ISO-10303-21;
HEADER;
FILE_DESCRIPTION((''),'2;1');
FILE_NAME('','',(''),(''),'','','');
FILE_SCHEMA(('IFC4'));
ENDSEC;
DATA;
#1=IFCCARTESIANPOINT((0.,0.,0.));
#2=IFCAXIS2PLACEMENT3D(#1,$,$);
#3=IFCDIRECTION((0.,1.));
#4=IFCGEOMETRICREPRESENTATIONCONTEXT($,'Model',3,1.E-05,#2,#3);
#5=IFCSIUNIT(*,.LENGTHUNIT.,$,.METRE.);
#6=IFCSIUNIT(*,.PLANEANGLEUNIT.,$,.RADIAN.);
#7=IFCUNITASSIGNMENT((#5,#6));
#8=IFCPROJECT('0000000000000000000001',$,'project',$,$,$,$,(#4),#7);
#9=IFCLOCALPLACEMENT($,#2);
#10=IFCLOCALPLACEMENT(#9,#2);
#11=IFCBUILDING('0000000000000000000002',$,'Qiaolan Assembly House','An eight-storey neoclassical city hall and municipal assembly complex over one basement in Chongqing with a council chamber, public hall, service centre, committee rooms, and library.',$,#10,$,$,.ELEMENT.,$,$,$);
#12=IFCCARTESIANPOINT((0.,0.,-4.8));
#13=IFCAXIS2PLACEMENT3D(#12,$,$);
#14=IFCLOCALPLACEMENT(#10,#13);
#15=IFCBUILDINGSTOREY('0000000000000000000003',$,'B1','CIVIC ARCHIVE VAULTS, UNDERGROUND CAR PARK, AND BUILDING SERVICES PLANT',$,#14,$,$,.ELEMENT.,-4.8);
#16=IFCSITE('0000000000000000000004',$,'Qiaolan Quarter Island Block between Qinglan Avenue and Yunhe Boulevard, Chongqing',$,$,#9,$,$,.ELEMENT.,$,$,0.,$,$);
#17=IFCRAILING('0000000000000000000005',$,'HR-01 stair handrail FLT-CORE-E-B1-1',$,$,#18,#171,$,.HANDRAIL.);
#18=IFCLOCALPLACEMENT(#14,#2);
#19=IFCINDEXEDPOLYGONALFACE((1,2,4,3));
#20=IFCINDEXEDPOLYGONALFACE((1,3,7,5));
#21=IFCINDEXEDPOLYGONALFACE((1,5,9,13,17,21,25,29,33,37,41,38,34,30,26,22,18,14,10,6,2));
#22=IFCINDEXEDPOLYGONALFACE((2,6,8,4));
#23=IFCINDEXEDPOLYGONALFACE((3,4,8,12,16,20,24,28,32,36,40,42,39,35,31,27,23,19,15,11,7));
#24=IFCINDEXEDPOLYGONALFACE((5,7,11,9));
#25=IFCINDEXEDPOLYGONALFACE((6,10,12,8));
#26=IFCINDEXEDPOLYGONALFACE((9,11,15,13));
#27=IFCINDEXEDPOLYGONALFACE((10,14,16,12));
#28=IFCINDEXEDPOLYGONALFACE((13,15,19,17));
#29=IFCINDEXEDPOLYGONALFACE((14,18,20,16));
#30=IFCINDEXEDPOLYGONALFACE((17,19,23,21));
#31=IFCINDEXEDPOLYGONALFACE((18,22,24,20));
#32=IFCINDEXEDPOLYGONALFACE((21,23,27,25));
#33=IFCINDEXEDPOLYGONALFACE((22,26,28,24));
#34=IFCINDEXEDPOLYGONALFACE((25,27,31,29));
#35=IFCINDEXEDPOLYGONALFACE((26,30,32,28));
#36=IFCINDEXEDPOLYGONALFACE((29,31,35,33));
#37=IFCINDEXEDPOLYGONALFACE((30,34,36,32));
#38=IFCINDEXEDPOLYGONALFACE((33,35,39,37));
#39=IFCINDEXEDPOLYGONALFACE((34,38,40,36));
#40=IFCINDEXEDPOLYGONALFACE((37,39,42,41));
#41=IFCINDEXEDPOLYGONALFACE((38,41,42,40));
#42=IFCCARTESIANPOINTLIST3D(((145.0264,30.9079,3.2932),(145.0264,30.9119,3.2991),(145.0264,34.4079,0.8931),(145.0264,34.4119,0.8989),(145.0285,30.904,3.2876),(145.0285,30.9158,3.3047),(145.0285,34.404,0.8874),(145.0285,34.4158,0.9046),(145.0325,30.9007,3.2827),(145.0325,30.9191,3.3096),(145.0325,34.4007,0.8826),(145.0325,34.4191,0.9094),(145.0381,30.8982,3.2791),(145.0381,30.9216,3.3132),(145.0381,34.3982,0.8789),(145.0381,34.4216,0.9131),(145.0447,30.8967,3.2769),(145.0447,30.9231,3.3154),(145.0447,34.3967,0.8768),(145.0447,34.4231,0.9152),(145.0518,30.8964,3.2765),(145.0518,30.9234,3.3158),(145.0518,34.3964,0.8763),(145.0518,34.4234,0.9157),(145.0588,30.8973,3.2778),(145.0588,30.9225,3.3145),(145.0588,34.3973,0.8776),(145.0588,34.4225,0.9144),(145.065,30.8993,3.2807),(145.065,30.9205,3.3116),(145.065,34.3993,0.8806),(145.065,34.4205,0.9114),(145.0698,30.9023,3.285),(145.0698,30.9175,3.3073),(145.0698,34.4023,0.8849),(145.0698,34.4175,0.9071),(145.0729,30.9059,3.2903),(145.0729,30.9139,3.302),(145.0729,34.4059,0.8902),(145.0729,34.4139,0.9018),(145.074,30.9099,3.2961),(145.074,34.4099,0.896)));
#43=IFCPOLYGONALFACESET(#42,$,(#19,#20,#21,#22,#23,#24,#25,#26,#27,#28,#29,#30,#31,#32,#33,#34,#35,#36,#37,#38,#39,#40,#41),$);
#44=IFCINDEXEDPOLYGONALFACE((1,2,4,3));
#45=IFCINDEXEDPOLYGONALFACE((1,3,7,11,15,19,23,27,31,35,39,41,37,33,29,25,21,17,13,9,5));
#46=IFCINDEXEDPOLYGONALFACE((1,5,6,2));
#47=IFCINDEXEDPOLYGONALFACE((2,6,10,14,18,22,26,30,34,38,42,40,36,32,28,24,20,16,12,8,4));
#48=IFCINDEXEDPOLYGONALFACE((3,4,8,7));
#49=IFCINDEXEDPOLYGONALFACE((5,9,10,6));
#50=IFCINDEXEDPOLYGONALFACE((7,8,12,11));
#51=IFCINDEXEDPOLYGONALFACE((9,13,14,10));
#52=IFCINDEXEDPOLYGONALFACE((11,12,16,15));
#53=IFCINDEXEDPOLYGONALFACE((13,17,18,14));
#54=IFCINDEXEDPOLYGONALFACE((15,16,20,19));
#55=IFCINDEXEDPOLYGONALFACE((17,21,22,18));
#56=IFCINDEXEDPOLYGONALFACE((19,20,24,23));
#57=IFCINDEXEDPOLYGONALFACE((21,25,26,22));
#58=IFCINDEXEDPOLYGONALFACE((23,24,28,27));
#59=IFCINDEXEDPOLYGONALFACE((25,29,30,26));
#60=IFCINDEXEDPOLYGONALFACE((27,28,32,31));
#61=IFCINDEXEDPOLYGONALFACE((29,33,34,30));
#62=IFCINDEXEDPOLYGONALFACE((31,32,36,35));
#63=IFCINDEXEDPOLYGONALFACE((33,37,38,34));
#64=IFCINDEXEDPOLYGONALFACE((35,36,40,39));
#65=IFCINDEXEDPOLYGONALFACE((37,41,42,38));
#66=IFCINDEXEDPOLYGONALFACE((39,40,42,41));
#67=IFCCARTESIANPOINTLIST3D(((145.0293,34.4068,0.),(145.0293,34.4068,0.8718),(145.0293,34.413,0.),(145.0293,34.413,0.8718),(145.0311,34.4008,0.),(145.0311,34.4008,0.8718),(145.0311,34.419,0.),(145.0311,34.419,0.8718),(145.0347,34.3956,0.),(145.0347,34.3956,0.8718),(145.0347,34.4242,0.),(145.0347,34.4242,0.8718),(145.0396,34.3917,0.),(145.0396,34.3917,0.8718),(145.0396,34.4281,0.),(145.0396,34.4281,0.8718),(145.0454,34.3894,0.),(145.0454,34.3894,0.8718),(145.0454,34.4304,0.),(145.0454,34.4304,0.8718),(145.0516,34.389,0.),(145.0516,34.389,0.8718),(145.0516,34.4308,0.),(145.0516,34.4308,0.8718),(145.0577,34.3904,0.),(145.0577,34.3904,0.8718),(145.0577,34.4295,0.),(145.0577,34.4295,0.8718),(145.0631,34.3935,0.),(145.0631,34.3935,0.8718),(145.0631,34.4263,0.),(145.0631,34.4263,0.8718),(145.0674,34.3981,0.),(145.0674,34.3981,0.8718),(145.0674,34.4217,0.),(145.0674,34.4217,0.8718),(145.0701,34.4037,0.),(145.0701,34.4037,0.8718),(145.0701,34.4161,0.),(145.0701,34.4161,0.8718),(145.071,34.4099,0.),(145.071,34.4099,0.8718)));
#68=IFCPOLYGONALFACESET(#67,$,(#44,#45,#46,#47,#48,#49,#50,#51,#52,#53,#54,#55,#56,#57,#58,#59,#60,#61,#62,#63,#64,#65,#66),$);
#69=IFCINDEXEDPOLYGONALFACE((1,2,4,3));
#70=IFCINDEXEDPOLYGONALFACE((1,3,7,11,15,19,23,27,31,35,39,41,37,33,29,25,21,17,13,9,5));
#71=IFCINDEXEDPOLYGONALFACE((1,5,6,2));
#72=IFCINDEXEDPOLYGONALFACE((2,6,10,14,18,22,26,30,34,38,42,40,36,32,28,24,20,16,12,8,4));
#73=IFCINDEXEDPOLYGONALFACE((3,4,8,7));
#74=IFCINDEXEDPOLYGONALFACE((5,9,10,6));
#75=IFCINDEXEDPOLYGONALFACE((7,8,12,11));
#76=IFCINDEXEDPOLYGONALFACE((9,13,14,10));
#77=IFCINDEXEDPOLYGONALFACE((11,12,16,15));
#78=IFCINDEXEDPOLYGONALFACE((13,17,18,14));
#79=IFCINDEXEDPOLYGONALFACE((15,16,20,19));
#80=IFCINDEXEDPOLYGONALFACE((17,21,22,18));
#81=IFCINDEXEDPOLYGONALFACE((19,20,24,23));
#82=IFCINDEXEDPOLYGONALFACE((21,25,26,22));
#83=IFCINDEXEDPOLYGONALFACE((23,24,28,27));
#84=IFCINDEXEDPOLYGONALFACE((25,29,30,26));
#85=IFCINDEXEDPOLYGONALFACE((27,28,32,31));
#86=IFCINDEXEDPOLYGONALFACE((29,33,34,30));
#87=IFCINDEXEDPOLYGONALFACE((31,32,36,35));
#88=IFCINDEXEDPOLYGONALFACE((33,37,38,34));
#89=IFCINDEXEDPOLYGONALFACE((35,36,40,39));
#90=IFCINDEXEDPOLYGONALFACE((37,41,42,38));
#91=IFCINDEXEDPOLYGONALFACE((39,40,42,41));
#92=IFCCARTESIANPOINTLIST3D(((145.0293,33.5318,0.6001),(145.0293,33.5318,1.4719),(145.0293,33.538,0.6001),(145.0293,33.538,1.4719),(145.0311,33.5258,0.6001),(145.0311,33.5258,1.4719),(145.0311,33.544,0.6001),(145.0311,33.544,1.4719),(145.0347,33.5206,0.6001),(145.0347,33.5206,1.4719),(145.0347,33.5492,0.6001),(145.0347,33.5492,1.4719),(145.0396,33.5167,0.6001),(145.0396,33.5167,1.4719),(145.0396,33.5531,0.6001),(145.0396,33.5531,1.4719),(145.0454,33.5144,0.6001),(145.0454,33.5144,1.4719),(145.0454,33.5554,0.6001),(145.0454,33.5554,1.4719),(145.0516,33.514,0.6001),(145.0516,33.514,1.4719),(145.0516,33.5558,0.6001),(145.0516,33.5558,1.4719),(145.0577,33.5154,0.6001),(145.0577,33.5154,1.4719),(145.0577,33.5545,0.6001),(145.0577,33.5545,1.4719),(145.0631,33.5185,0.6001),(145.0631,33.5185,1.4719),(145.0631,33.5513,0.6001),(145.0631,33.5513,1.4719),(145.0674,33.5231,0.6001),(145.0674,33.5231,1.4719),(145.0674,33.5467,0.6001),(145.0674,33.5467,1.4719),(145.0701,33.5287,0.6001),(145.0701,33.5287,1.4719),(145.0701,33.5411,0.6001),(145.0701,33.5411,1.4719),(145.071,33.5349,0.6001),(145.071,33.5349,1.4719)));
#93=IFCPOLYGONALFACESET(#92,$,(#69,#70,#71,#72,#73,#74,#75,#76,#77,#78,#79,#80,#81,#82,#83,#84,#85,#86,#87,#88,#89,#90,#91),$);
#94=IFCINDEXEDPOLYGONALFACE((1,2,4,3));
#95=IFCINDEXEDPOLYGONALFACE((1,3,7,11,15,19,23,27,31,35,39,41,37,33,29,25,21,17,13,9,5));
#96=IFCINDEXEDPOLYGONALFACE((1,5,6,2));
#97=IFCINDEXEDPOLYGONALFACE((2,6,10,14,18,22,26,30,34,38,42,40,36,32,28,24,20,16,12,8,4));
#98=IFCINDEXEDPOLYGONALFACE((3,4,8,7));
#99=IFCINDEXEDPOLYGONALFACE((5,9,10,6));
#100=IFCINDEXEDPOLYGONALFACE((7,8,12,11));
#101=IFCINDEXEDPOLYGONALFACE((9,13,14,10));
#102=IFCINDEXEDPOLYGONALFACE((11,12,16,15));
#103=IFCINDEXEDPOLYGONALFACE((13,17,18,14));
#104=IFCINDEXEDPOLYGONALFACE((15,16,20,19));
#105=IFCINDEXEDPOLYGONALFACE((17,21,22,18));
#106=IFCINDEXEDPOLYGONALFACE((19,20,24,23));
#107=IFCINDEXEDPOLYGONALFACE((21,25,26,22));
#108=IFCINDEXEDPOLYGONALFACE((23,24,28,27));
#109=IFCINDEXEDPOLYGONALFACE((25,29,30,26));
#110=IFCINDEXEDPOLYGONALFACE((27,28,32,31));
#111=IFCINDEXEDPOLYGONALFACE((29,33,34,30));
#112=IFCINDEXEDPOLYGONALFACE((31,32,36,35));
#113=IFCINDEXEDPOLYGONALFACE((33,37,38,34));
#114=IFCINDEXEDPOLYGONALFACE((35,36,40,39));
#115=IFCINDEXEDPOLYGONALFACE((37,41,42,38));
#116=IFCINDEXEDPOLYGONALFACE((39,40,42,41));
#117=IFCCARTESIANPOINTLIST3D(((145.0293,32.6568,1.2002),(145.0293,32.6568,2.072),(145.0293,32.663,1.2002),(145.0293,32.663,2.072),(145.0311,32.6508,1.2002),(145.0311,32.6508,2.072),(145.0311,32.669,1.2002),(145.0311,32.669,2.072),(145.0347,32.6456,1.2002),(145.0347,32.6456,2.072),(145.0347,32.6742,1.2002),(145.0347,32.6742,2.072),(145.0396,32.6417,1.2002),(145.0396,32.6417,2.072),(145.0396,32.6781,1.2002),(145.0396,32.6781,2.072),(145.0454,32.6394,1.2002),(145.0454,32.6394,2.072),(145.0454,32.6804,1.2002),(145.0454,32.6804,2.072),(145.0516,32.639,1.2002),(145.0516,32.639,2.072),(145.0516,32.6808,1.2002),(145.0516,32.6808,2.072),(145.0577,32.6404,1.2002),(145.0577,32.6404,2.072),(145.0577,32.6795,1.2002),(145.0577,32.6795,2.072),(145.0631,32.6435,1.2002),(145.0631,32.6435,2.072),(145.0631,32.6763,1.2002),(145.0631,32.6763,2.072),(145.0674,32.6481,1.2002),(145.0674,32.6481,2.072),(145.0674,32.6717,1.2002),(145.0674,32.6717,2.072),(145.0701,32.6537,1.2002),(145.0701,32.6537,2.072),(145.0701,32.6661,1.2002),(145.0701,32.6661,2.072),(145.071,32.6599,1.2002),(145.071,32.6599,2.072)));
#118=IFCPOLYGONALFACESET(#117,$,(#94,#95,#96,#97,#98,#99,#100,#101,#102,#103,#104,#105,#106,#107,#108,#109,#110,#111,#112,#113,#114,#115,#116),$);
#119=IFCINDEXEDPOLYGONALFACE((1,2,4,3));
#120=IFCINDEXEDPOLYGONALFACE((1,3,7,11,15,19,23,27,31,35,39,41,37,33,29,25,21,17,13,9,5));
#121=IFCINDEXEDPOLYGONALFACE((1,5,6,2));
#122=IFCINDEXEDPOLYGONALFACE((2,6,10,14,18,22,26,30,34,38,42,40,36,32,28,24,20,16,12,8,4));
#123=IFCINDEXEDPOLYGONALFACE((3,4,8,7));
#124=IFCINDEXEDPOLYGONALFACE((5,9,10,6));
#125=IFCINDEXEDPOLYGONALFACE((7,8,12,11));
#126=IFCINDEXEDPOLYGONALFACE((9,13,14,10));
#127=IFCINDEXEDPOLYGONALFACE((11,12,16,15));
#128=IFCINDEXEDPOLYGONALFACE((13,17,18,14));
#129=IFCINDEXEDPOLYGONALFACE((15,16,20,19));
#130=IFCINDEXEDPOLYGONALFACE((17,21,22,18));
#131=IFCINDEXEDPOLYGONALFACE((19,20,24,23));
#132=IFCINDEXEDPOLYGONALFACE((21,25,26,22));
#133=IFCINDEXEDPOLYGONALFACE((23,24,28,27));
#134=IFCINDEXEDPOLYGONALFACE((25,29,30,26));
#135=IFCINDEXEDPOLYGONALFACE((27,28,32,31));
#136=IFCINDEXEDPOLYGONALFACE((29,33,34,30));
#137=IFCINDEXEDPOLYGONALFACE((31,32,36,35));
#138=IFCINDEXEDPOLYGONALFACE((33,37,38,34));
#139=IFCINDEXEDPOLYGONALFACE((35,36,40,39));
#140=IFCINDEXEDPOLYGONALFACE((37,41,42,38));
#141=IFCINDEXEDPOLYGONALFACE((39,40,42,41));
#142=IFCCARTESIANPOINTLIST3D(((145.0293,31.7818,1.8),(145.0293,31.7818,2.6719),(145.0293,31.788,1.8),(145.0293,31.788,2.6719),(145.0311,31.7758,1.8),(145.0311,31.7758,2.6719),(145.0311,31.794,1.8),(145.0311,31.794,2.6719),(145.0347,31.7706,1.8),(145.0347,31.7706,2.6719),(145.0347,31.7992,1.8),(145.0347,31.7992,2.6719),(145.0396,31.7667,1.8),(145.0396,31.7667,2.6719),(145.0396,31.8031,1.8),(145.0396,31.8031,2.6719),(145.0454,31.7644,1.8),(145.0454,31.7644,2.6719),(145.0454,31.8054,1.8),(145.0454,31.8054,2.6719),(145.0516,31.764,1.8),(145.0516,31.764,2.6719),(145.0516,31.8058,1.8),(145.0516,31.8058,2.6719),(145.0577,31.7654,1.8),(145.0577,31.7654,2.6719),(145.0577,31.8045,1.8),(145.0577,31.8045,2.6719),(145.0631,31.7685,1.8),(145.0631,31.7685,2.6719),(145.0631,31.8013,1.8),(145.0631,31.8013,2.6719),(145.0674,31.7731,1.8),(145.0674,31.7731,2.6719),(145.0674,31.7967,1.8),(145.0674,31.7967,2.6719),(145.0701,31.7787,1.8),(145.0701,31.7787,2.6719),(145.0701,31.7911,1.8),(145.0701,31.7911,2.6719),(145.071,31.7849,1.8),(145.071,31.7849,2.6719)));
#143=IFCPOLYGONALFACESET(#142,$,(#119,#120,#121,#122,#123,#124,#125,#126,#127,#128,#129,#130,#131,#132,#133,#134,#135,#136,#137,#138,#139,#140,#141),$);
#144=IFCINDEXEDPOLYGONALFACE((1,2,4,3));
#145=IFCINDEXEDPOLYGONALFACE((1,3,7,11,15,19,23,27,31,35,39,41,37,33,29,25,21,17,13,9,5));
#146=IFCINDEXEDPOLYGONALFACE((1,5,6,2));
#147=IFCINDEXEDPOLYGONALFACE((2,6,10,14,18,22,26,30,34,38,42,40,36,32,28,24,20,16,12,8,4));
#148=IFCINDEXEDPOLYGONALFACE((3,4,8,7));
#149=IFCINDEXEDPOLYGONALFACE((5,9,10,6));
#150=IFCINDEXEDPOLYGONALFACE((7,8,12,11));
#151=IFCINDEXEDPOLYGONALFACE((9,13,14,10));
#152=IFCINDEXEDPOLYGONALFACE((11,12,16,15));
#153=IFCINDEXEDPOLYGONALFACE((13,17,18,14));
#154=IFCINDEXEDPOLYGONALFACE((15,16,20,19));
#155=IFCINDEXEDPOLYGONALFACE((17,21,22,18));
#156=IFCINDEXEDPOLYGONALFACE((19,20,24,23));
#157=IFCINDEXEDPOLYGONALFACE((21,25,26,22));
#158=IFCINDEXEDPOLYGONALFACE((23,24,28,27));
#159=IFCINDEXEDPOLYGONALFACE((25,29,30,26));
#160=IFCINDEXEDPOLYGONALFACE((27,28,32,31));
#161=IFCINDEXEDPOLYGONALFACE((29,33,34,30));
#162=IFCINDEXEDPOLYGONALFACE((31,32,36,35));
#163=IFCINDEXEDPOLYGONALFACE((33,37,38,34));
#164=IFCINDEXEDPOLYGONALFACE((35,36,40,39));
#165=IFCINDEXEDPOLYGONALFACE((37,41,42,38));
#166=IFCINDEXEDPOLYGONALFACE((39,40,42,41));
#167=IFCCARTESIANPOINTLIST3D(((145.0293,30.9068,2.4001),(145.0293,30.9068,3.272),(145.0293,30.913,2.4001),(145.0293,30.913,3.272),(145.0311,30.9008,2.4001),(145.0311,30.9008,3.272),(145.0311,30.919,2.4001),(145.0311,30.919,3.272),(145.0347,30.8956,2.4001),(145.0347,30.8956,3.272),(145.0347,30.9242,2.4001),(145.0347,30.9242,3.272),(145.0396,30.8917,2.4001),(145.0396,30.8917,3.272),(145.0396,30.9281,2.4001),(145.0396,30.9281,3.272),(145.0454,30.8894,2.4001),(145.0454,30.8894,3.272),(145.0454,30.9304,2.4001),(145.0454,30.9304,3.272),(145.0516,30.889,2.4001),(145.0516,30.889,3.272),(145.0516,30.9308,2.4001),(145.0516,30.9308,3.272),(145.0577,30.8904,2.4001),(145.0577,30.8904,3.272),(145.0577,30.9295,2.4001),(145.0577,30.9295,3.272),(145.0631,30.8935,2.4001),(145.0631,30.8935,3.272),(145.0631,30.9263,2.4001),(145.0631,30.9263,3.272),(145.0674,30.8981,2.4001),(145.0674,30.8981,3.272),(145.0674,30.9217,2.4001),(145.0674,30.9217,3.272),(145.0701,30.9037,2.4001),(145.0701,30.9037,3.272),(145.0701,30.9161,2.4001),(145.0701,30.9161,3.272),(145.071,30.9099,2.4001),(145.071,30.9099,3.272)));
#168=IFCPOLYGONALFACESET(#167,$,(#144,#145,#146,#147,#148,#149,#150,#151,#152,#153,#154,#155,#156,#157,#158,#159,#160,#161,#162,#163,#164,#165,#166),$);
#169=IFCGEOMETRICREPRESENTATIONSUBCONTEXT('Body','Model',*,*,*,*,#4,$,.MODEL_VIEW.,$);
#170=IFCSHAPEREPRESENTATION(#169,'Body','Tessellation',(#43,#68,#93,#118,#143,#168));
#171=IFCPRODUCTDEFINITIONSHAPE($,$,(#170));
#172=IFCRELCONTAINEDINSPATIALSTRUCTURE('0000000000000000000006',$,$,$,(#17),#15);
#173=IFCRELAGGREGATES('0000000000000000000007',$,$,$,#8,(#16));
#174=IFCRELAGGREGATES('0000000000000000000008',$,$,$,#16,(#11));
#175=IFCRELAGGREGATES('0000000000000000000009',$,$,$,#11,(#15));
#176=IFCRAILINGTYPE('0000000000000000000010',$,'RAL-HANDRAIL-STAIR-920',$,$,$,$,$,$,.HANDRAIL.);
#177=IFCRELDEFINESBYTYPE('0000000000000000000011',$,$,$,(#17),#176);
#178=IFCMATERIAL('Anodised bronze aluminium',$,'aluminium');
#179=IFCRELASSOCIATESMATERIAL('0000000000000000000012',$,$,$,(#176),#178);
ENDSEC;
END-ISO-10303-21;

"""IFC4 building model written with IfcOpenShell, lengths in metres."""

from ifc_helpers import new_model, si_unit, direction, frame, origin, origin_2d, place, context, subcontext, project, spatial, circle, extrude, material, type_object, element, save


model = new_model("IFC4")

# Units and contexts
model_context = context("Model", 3, precision=1e-05, world=origin(), true_north=direction((0.0, 1.0)))
body_context = subcontext(model_context, "Body", "Model", "MODEL_VIEW")
ifc_project = project(units=[si_unit("LENGTHUNIT", "METRE"), si_unit("PLANEANGLEUNIT", "RADIAN")], contexts=[model_context])

# Site, building, storey
site_placement = place(None, origin())
site = spatial("IfcSite", under=ifc_project, at=site_placement, Name="Qiaolan Quarter Island Block between Qinglan Avenue and Yunhe Boulevard, Chongqing", CompositionType="ELEMENT", RefElevation=0.0)
building_placement = place(site_placement, origin())
building = spatial("IfcBuilding", under=site, at=building_placement, Name="Qiaolan Assembly House", Description="An eight-storey neoclassical city hall and municipal assembly complex over one basement in Chongqing with a council chamber, public hall, service centre, committee rooms, and library.", CompositionType="ELEMENT")
storey_placement = place(building_placement, frame((0.0, 0.0, -4.8)))
storey = spatial("IfcBuildingStorey", under=building, at=storey_placement, Name="B1", Description="CIVIC ARCHIVE VAULTS, UNDERGROUND CAR PARK, AND BUILDING SERVICES PLANT", CompositionType="ELEMENT", Elevation=-4.8)

# Railing
ifc_material_1 = material(Name="Anodised bronze aluminium", Category="aluminium")
railing_type_1 = type_object("IfcRailingType", Name="RAL-HANDRAIL-STAIR-920", PredefinedType="HANDRAIL", material=ifc_material_1)
railing_1_placement = place(storey_placement, frame((145.05, 34.4099, 0.0)))
element("IfcRailing", 1, at=railing_1_placement, inside=storey, type_object=railing_type_1, Name="HR-01 stair handrail FLT-CORE-E-B1-1", PredefinedType="HANDRAIL", context=body_context, shape_type="SweptSolid", body=[
    extrude(circle(Radius=0.0239, at=origin_2d()), frame((0.0, 0.0, 0.896), z_axis=(0.0, -0.824713, 0.565552), x_axis=(1.0, 0.0, 0.0)), (0.0, 0.0, 1.0), 4.2439),
    extrude(circle(Radius=0.021, at=origin_2d()), origin(), (0.0, 0.0, 1.0), 0.8718),
    extrude(circle(Radius=0.021, at=origin_2d()), frame((0.0, -0.875, 0.6001)), (0.0, 0.0, 1.0), 0.8718),
    extrude(circle(Radius=0.021, at=origin_2d()), frame((0.0, -1.75, 1.2002)), (0.0, 0.0, 1.0), 0.8718),
    extrude(circle(Radius=0.021, at=origin_2d()), frame((0.0, -2.625, 1.8)), (0.0, 0.0, 1.0), 0.8718),
    extrude(circle(Radius=0.021, at=origin_2d()), frame((0.0, -3.5, 2.4001)), (0.0, 0.0, 1.0), 0.8718),
])

save(model, "model.ifc")
